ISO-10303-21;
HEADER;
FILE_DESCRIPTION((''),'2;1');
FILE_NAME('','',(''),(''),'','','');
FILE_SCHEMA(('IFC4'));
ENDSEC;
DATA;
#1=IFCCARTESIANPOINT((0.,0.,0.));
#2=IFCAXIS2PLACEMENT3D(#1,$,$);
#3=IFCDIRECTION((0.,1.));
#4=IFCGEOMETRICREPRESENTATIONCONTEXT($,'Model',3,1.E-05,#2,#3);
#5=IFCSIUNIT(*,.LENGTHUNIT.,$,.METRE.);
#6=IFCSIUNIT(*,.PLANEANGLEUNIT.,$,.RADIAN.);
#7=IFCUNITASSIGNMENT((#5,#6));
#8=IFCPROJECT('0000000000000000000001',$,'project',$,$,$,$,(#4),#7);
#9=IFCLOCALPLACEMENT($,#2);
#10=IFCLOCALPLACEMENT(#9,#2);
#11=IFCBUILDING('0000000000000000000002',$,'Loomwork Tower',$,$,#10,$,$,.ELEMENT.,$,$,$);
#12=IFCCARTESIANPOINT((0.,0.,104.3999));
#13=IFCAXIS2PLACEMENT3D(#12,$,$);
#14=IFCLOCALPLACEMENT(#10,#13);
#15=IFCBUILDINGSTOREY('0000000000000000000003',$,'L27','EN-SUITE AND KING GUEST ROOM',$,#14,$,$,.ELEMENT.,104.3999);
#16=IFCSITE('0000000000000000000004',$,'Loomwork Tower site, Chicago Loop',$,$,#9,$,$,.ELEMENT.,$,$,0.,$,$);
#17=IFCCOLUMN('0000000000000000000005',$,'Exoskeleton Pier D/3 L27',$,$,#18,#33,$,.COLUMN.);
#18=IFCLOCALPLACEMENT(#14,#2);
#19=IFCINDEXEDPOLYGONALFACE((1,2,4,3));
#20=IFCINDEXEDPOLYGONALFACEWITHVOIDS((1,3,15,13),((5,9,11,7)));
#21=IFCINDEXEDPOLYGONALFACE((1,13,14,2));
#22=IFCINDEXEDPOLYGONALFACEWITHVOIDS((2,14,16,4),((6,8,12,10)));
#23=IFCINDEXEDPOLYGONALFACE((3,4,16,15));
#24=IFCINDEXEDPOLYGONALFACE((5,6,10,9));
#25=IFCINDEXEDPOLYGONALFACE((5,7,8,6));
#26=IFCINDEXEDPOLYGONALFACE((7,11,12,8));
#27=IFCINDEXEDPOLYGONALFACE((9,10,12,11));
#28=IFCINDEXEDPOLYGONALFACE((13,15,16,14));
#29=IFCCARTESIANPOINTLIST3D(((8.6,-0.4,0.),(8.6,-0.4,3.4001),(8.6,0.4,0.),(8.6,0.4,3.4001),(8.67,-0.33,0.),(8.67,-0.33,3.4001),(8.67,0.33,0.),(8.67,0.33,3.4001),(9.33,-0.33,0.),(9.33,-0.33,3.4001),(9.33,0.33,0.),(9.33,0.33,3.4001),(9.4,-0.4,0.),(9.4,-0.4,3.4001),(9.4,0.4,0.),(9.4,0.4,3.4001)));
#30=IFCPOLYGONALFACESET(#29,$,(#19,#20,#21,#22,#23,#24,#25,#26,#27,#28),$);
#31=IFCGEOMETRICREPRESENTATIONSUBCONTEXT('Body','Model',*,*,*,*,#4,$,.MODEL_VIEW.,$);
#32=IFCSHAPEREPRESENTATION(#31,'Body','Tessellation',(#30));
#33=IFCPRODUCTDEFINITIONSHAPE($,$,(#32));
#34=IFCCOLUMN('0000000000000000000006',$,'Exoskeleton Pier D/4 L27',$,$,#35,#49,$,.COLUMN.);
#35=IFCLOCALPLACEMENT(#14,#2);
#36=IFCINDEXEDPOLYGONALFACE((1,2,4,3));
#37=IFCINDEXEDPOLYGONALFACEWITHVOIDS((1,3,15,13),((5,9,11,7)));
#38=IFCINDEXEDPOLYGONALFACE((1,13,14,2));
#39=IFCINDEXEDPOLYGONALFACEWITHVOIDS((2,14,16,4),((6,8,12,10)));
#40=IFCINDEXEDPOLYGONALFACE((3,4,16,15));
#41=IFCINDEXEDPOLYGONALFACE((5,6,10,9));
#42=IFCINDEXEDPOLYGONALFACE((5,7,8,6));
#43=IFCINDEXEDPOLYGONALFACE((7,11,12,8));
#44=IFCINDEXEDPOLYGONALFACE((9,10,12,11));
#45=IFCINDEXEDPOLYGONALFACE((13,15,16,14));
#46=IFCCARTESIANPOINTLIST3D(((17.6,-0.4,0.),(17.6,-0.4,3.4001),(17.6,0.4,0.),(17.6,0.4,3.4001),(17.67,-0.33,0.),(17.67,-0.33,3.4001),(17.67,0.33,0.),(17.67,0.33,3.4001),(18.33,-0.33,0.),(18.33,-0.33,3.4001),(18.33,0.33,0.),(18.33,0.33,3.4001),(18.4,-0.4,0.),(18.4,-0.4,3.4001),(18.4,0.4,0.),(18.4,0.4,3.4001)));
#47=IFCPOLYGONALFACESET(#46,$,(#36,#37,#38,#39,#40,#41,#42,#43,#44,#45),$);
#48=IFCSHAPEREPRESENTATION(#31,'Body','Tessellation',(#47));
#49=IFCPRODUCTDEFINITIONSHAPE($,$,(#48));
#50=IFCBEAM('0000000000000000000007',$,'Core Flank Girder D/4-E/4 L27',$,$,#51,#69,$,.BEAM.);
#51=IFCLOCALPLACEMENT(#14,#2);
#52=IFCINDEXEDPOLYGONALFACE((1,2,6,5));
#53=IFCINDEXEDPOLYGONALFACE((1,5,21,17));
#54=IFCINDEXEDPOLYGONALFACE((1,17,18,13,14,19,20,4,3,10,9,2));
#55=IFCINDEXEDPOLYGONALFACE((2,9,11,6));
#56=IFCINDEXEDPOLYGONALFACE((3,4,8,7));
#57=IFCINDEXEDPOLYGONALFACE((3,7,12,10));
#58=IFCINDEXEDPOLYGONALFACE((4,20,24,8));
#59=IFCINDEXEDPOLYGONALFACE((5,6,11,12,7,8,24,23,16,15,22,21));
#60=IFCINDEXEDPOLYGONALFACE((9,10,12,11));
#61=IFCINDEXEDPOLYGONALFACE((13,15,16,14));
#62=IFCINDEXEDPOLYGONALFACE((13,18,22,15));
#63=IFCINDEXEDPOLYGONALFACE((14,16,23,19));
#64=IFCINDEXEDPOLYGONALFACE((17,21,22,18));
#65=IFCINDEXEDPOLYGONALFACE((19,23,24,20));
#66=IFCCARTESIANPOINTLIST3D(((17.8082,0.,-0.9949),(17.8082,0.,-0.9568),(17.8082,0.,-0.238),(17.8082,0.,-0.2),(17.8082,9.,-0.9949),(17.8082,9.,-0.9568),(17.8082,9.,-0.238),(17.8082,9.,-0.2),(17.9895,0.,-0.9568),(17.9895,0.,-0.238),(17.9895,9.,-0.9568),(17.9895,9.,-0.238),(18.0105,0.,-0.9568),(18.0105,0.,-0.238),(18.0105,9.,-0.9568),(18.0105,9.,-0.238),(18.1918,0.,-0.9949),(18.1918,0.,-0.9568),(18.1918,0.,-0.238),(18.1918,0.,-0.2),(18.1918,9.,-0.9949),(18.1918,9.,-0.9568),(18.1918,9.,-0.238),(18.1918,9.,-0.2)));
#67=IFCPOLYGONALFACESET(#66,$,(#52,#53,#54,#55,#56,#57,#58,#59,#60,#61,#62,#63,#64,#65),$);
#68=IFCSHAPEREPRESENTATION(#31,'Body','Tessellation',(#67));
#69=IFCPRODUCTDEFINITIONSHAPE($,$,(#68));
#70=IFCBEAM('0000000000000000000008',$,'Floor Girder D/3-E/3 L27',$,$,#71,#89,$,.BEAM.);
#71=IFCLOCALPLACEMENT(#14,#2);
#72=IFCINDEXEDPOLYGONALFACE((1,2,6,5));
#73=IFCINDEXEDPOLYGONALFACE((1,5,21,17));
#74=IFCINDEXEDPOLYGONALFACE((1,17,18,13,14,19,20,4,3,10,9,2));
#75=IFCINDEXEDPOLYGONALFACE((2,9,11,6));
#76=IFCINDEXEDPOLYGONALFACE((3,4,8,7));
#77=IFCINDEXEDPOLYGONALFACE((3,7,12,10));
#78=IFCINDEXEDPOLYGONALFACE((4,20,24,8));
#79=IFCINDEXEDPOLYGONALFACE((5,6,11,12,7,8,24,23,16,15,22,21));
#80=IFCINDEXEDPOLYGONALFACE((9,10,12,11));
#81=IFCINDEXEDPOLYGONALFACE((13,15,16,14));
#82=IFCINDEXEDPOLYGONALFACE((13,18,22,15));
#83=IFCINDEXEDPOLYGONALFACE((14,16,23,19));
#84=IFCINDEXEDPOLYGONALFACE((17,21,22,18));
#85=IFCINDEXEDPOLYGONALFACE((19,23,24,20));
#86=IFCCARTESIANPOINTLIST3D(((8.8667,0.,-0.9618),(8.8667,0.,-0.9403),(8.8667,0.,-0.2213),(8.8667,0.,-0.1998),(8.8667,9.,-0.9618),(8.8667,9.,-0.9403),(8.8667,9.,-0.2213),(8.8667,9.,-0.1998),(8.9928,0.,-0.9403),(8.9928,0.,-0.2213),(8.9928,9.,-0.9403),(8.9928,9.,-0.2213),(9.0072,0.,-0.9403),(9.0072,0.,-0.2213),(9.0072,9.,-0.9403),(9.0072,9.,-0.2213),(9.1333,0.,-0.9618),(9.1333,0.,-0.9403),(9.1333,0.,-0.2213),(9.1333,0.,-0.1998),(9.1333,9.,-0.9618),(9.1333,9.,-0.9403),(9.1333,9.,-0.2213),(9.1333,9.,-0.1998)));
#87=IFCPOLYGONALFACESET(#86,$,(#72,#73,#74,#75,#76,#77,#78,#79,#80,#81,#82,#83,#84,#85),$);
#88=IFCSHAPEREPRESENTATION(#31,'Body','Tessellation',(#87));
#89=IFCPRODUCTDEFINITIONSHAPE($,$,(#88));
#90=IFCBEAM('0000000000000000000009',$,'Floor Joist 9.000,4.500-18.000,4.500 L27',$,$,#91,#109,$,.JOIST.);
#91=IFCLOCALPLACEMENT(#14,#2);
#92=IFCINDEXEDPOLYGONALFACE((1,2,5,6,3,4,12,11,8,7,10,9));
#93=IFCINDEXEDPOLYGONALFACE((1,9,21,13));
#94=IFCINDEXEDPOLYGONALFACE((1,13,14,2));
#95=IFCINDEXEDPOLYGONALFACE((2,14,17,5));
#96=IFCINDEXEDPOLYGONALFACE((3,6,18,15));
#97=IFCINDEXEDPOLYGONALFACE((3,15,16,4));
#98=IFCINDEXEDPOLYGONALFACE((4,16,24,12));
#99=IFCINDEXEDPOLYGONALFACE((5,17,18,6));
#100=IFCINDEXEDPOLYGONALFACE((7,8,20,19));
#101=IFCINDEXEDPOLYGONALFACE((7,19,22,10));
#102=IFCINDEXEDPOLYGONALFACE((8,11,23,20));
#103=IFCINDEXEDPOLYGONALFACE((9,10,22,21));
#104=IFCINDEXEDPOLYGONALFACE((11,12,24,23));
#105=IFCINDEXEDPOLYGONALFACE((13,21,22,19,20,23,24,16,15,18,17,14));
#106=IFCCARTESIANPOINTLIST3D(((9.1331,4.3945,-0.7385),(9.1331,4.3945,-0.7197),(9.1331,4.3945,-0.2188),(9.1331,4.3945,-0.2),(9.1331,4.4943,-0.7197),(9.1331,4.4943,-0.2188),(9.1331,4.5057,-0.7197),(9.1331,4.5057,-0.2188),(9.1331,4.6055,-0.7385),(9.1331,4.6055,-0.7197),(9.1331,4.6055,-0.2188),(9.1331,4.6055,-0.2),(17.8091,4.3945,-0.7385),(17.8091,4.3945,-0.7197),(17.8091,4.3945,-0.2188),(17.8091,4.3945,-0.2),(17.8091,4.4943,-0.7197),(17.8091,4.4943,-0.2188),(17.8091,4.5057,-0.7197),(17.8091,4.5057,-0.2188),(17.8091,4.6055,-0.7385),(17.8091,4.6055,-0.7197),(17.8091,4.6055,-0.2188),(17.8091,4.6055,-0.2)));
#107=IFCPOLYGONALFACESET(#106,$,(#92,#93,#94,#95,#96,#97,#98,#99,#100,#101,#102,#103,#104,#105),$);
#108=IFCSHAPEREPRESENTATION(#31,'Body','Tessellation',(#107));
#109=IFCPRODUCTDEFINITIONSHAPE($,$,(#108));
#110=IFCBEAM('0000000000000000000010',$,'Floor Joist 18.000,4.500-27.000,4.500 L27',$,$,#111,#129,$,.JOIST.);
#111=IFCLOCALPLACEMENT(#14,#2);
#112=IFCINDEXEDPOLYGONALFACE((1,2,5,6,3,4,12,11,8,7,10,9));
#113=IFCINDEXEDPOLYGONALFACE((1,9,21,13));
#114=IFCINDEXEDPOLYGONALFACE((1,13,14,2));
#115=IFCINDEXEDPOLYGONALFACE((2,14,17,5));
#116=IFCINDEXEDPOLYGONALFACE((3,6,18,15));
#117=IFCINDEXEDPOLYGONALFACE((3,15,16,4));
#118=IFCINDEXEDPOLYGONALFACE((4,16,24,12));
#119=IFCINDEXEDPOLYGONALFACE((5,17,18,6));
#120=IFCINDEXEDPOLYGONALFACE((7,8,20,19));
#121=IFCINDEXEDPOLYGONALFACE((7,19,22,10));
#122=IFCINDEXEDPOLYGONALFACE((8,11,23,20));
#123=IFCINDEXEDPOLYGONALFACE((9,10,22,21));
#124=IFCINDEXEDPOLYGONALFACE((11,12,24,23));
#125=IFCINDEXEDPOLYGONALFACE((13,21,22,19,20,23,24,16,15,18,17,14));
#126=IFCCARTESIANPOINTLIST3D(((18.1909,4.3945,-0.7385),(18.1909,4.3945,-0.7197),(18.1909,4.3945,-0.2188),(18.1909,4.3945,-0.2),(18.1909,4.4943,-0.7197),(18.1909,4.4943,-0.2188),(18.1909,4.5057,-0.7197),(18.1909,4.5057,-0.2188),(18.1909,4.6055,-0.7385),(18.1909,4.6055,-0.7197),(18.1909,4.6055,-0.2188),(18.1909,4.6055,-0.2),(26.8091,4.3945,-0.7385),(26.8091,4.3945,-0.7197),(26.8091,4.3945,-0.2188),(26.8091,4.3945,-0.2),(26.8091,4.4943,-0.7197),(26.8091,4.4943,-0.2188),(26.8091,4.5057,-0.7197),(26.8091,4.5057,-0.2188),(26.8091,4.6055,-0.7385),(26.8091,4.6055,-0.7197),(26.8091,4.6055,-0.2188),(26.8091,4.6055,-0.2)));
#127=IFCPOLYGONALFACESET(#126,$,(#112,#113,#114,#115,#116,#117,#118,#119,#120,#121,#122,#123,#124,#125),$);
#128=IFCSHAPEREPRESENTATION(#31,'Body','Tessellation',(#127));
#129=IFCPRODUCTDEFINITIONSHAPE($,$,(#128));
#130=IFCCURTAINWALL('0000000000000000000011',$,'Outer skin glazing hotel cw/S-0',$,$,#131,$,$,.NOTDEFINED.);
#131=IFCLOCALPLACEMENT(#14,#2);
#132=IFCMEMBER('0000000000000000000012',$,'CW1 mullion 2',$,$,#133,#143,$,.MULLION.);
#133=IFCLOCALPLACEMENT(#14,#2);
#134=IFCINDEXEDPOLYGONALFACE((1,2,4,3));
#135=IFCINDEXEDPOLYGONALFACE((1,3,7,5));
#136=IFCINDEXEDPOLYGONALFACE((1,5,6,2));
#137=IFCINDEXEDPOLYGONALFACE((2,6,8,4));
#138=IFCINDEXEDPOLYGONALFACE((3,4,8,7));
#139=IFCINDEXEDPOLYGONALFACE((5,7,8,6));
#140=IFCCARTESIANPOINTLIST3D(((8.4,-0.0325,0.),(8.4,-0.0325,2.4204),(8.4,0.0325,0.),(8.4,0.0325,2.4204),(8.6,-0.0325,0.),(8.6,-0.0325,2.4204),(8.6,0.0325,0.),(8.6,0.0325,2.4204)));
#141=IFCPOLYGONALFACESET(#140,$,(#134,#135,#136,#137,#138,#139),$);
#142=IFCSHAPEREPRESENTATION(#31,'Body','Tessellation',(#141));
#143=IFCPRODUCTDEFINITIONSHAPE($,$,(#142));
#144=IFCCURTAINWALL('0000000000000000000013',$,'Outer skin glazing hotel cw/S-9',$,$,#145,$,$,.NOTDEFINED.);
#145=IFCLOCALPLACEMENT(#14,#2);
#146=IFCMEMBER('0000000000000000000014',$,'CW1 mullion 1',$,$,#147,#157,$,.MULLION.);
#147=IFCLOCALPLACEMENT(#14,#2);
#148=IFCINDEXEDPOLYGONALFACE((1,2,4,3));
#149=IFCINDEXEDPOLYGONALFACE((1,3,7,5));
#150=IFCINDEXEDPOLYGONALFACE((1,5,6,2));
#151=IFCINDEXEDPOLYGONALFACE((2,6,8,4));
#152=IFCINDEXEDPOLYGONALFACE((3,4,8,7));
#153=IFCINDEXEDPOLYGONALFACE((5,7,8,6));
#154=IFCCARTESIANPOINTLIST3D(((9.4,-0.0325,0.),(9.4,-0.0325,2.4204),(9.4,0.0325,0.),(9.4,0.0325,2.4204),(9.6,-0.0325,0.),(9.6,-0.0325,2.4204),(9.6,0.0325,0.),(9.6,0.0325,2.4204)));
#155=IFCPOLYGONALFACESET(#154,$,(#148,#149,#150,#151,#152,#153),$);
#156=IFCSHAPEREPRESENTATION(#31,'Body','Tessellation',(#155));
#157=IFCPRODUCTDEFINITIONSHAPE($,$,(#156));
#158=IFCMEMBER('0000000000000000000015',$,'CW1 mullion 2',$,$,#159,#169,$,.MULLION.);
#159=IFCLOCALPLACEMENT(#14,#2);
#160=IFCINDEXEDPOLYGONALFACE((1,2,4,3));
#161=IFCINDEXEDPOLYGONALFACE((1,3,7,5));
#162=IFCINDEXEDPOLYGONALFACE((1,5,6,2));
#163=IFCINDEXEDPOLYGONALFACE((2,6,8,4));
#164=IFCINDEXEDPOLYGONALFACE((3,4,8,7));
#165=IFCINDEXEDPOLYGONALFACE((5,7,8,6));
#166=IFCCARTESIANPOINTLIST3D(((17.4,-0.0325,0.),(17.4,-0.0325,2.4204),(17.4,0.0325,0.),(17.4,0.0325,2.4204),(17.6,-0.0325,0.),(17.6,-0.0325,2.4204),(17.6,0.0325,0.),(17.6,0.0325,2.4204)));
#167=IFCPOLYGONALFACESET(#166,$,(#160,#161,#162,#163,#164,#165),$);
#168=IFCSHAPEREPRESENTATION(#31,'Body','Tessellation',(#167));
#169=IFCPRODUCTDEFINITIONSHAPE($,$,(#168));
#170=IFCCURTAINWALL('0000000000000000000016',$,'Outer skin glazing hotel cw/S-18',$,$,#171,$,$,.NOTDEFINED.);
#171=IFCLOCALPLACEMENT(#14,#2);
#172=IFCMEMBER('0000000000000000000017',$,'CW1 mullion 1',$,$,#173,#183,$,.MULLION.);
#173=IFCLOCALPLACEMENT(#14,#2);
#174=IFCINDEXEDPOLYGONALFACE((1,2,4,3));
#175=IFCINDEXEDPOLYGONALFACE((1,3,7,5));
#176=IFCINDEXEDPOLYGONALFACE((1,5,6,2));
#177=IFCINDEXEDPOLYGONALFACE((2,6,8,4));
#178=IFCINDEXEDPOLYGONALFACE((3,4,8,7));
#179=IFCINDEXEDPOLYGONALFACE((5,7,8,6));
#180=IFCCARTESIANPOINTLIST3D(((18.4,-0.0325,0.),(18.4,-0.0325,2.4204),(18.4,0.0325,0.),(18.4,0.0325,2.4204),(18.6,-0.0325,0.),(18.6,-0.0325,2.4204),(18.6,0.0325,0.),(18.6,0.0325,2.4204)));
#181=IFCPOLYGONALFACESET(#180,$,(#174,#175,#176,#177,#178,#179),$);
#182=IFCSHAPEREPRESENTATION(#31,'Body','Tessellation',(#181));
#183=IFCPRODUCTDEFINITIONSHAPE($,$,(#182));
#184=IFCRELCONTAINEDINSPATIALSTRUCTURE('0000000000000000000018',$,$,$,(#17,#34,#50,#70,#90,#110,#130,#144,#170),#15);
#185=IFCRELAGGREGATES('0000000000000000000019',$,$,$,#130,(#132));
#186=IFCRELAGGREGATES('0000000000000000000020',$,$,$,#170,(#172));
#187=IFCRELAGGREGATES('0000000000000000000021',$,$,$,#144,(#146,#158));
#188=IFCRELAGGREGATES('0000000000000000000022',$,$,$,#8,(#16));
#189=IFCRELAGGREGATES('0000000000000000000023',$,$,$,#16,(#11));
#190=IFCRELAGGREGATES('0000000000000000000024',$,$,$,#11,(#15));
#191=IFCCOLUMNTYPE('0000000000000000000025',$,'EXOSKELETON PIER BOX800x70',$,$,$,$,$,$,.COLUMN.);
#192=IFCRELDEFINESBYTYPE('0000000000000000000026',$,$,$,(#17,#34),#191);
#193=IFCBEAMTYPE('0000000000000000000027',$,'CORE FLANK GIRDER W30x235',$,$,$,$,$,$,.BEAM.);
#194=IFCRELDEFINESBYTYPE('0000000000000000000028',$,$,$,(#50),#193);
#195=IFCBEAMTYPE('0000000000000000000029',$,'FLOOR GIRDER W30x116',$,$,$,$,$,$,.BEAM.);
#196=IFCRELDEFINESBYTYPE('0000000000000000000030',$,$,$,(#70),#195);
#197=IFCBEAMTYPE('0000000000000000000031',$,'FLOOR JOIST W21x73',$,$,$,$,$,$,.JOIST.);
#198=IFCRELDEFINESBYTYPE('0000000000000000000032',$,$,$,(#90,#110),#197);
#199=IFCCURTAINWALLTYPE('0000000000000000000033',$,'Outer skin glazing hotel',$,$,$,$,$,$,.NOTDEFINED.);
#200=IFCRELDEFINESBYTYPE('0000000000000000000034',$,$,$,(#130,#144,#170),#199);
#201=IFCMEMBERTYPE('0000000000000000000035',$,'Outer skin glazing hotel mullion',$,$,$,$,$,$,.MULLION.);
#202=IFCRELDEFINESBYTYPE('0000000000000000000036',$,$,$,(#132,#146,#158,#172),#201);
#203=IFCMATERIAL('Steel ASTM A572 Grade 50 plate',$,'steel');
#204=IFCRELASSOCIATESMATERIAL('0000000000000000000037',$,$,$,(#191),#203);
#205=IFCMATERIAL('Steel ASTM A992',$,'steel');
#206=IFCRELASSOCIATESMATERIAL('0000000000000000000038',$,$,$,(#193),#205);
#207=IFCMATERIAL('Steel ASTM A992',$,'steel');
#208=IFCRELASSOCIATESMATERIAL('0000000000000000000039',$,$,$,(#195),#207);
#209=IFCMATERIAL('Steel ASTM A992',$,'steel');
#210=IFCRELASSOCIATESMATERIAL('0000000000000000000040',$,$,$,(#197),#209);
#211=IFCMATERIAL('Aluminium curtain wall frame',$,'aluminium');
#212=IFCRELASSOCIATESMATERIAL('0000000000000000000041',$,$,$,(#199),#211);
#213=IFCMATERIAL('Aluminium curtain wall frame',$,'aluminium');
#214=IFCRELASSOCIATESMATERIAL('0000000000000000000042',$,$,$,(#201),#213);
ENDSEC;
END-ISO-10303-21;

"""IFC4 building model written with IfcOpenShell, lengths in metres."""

from ifc_helpers import new_model, si_unit, direction, frame, origin, origin_2d, place, context, subcontext, project, spatial, rectangle, hollow_rectangle, i_section, extrude, material, material_profile, profile_set, type_object, element, aggregate, save


model = new_model("IFC4")

# Units and contexts
model_context = context("Model", 3, precision=1e-05, world=origin(), true_north=direction((0.0, 1.0)))
body_context = subcontext(model_context, "Body", "Model", "MODEL_VIEW")
ifc_project = project(units=[si_unit("LENGTHUNIT", "METRE"), si_unit("PLANEANGLEUNIT", "RADIAN")], contexts=[model_context])

# Site, building, storey
site_placement = place(None, origin())
site = spatial("IfcSite", under=ifc_project, at=site_placement, Name="Loomwork Tower site, Chicago Loop", CompositionType="ELEMENT", RefElevation=0.0)
building_placement = place(site_placement, origin())
building = spatial("IfcBuilding", under=site, at=building_placement, Name="Loomwork Tower", CompositionType="ELEMENT")
storey_placement = place(building_placement, frame((0.0, 0.0, 104.3999)))
storey = spatial("IfcBuildingStorey", under=building, at=storey_placement, Name="L27", Description="EN-SUITE AND KING GUEST ROOM", CompositionType="ELEMENT", Elevation=104.3999)

# Columns
ifc_material_1 = material(Name="Steel ASTM A572 Grade 50 plate", Category="steel")
ifc_material_profile_1 = material_profile(ifc_material_1, hollow_rectangle(XDim=0.8, YDim=0.8, WallThickness=0.0701, at=origin_2d()), Name="BOX800x70")
ifc_profile_set_1 = profile_set([ifc_material_profile_1], Name="Steel ASTM A572 Grade 50 plate")
column_type = type_object("IfcColumnType", Name="EXOSKELETON PIER BOX800x70", PredefinedType="COLUMN", material=ifc_profile_set_1)
for number, where, z_axis, x_axis, name in (
    (1, (9.0, 0.0, 0.0), (0.0, 0.0, 1.0), (1.0, 0.0, 0.0), "Exoskeleton Pier D/3 L27"),
    (2, (18.0, 0.0, 0.0), (0.0, 0.0, 1.0), (1.0, 0.0, 0.0), "Exoskeleton Pier D/4 L27"),
):
    element("IfcColumn", number, at=place(storey_placement, frame(where, z_axis=z_axis, x_axis=x_axis)), inside=storey, type_object=column_type, Name=name, PredefinedType="COLUMN", context=body_context, shape_type="SweptSolid", body=[
        extrude(hollow_rectangle(XDim=0.8, YDim=0.8, WallThickness=0.0701, at=origin_2d()), origin(), (0.0, 0.0, 1.0), 3.4001),
    ])

# Beams
ifc_material_2 = material(Name="Steel ASTM A992", Category="steel")
ifc_material_profile_2 = material_profile(ifc_material_2, i_section(OverallWidth=0.3835, OverallDepth=0.7949, WebThickness=0.021, FlangeThickness=0.0381, at=origin_2d()), Name="W30x235")
ifc_profile_set_2 = profile_set([ifc_material_profile_2], Name="Steel ASTM A992")
beam_type_1 = type_object("IfcBeamType", Name="CORE FLANK GIRDER W30x235", PredefinedType="BEAM", material=ifc_profile_set_2)
beam_1_placement = place(storey_placement, frame((18.0, 0.0, -0.5974), z_axis=(0.0, 1.0, 0.0), x_axis=(-1.0, 0.0, 0.0)))
element("IfcBeam", 3, at=beam_1_placement, inside=storey, type_object=beam_type_1, Name="Core Flank Girder D/4-E/4 L27", PredefinedType="BEAM", context=body_context, shape_type="SweptSolid", body=[
    extrude(i_section(OverallWidth=0.3835, OverallDepth=0.7949, WebThickness=0.021, FlangeThickness=0.0381, at=origin_2d()), origin(), (0.0, 0.0, 1.0), 9.0),
])
ifc_material_3 = material(Name="Steel ASTM A992", Category="steel")
ifc_material_profile_3 = material_profile(ifc_material_3, i_section(OverallWidth=0.2666, OverallDepth=0.762, WebThickness=0.0144, FlangeThickness=0.0215, at=origin_2d()), Name="W30x116")
ifc_profile_set_3 = profile_set([ifc_material_profile_3], Name="Steel ASTM A992")
beam_type_2 = type_object("IfcBeamType", Name="FLOOR GIRDER W30x116", PredefinedType="BEAM", material=ifc_profile_set_3)
beam_2_placement = place(storey_placement, frame((9.0, 0.0, -0.5808), z_axis=(0.0, 1.0, 0.0), x_axis=(-1.0, 0.0, 0.0)))
element("IfcBeam", 4, at=beam_2_placement, inside=storey, type_object=beam_type_2, Name="Floor Girder D/3-E/3 L27", PredefinedType="BEAM", context=body_context, shape_type="SweptSolid", body=[
    extrude(i_section(OverallWidth=0.2666, OverallDepth=0.762, WebThickness=0.0144, FlangeThickness=0.0215, at=origin_2d()), origin(), (0.0, 0.0, 1.0), 9.0),
])
ifc_material_4 = material(Name="Steel ASTM A992", Category="steel")
ifc_material_profile_4 = material_profile(ifc_material_4, i_section(OverallWidth=0.2109, OverallDepth=0.5386, WebThickness=0.0115, FlangeThickness=0.0188, at=origin_2d()), Name="W21x73")
ifc_profile_set_4 = profile_set([ifc_material_profile_4], Name="Steel ASTM A992")
beam_type_3 = type_object("IfcBeamType", Name="FLOOR JOIST W21x73", PredefinedType="JOIST", material=ifc_profile_set_4)
beam_3_placement = place(storey_placement, frame((9.1331, 4.5, -0.4692), z_axis=(1.0, 0.0, 0.0), x_axis=(0.0, 1.0, 0.0)))
element("IfcBeam", 5, at=beam_3_placement, inside=storey, type_object=beam_type_3, Name="Floor Joist 9.000,4.500-18.000,4.500 L27", PredefinedType="JOIST", context=body_context, shape_type="SweptSolid", body=[
    extrude(i_section(OverallWidth=0.2109, OverallDepth=0.5386, WebThickness=0.0115, FlangeThickness=0.0188, at=origin_2d()), origin(), (0.0, 0.0, 1.0), 8.676),
])
beam_4_placement = place(storey_placement, frame((18.1909, 4.5, -0.4692), z_axis=(1.0, 0.0, 0.0), x_axis=(0.0, 1.0, 0.0)))
element("IfcBeam", 6, at=beam_4_placement, inside=storey, type_object=beam_type_3, Name="Floor Joist 18.000,4.500-27.000,4.500 L27", PredefinedType="JOIST", context=body_context, shape_type="SweptSolid", body=[
    extrude(i_section(OverallWidth=0.2109, OverallDepth=0.5386, WebThickness=0.0115, FlangeThickness=0.0188, at=origin_2d()), origin(), (0.0, 0.0, 1.0), 8.6182),
])

# Curtain wall, member
ifc_material_5 = material(Name="Aluminium curtain wall frame", Category="aluminium")
curtain_wall_type = type_object("IfcCurtainWallType", Name="Outer skin glazing hotel", PredefinedType="NOTDEFINED", material=ifc_material_5)
curtain_wall_1_placement = place(storey_placement, origin())
curtain_wall_1 = element("IfcCurtainWall", 7, at=curtain_wall_1_placement, inside=storey, type_object=curtain_wall_type, Name="Outer skin glazing hotel cw/S-0", PredefinedType="NOTDEFINED")
ifc_material_6 = material(Name="Aluminium curtain wall frame", Category="aluminium")
ifc_material_profile_5 = material_profile(ifc_material_6, rectangle(XDim=0.0649, YDim=0.2, at=origin_2d()), Name="AL 65x200")
ifc_profile_set_5 = profile_set([ifc_material_profile_5], Name="Aluminium curtain wall frame")
member_type_1 = type_object("IfcMemberType", Name="Outer skin glazing hotel mullion", PredefinedType="MULLION", material=ifc_profile_set_5)
member_1_placement = place(storey_placement, frame((8.5, 0.0, 0.0), z_axis=(0.0, 0.0, 1.0), x_axis=(0.0, 1.0, 0.0)))
member_1 = element("IfcMember", 8, at=member_1_placement, type_object=member_type_1, Name="CW1 mullion 2", PredefinedType="MULLION", context=body_context, shape_type="SweptSolid", body=[
    extrude(rectangle(XDim=0.0649, YDim=0.2, at=origin_2d()), origin(), (0.0, 0.0, 1.0), 2.4204),
])
aggregate(curtain_wall_1, [member_1])

# Curtain wall, members
curtain_wall_2_placement = place(storey_placement, origin())
curtain_wall_2 = element("IfcCurtainWall", 9, at=curtain_wall_2_placement, inside=storey, type_object=curtain_wall_type, Name="Outer skin glazing hotel cw/S-9", PredefinedType="NOTDEFINED")
member_2_placement = place(storey_placement, frame((9.5, 0.0, 0.0), z_axis=(0.0, 0.0, 1.0), x_axis=(0.0, 1.0, 0.0)))
member_2 = element("IfcMember", 10, at=member_2_placement, type_object=member_type_1, Name="CW1 mullion 1", PredefinedType="MULLION", context=body_context, shape_type="SweptSolid", body=[
    extrude(rectangle(XDim=0.0649, YDim=0.2, at=origin_2d()), origin(), (0.0, 0.0, 1.0), 2.4204),
])
member_3_placement = place(storey_placement, frame((17.5, 0.0, 0.0), z_axis=(0.0, 0.0, 1.0), x_axis=(0.0, 1.0, 0.0)))
member_3 = element("IfcMember", 11, at=member_3_placement, type_object=member_type_1, Name="CW1 mullion 2", PredefinedType="MULLION", context=body_context, shape_type="SweptSolid", body=[
    extrude(rectangle(XDim=0.0649, YDim=0.2, at=origin_2d()), origin(), (0.0, 0.0, 1.0), 2.4204),
])

# Curtain wall, member
curtain_wall_3_placement = place(storey_placement, origin())
curtain_wall_3 = element("IfcCurtainWall", 12, at=curtain_wall_3_placement, inside=storey, type_object=curtain_wall_type, Name="Outer skin glazing hotel cw/S-18", PredefinedType="NOTDEFINED")
member_4_placement = place(storey_placement, frame((18.5, 0.0, 0.0), z_axis=(0.0, 0.0, 1.0), x_axis=(0.0, 1.0, 0.0)))
member_4 = element("IfcMember", 13, at=member_4_placement, type_object=member_type_1, Name="CW1 mullion 1", PredefinedType="MULLION", context=body_context, shape_type="SweptSolid", body=[
    extrude(rectangle(XDim=0.0649, YDim=0.2, at=origin_2d()), origin(), (0.0, 0.0, 1.0), 2.4204),
])

aggregate(curtain_wall_3, [member_4])

aggregate(curtain_wall_2, [member_2, member_3])

save(model, "model.ifc")
